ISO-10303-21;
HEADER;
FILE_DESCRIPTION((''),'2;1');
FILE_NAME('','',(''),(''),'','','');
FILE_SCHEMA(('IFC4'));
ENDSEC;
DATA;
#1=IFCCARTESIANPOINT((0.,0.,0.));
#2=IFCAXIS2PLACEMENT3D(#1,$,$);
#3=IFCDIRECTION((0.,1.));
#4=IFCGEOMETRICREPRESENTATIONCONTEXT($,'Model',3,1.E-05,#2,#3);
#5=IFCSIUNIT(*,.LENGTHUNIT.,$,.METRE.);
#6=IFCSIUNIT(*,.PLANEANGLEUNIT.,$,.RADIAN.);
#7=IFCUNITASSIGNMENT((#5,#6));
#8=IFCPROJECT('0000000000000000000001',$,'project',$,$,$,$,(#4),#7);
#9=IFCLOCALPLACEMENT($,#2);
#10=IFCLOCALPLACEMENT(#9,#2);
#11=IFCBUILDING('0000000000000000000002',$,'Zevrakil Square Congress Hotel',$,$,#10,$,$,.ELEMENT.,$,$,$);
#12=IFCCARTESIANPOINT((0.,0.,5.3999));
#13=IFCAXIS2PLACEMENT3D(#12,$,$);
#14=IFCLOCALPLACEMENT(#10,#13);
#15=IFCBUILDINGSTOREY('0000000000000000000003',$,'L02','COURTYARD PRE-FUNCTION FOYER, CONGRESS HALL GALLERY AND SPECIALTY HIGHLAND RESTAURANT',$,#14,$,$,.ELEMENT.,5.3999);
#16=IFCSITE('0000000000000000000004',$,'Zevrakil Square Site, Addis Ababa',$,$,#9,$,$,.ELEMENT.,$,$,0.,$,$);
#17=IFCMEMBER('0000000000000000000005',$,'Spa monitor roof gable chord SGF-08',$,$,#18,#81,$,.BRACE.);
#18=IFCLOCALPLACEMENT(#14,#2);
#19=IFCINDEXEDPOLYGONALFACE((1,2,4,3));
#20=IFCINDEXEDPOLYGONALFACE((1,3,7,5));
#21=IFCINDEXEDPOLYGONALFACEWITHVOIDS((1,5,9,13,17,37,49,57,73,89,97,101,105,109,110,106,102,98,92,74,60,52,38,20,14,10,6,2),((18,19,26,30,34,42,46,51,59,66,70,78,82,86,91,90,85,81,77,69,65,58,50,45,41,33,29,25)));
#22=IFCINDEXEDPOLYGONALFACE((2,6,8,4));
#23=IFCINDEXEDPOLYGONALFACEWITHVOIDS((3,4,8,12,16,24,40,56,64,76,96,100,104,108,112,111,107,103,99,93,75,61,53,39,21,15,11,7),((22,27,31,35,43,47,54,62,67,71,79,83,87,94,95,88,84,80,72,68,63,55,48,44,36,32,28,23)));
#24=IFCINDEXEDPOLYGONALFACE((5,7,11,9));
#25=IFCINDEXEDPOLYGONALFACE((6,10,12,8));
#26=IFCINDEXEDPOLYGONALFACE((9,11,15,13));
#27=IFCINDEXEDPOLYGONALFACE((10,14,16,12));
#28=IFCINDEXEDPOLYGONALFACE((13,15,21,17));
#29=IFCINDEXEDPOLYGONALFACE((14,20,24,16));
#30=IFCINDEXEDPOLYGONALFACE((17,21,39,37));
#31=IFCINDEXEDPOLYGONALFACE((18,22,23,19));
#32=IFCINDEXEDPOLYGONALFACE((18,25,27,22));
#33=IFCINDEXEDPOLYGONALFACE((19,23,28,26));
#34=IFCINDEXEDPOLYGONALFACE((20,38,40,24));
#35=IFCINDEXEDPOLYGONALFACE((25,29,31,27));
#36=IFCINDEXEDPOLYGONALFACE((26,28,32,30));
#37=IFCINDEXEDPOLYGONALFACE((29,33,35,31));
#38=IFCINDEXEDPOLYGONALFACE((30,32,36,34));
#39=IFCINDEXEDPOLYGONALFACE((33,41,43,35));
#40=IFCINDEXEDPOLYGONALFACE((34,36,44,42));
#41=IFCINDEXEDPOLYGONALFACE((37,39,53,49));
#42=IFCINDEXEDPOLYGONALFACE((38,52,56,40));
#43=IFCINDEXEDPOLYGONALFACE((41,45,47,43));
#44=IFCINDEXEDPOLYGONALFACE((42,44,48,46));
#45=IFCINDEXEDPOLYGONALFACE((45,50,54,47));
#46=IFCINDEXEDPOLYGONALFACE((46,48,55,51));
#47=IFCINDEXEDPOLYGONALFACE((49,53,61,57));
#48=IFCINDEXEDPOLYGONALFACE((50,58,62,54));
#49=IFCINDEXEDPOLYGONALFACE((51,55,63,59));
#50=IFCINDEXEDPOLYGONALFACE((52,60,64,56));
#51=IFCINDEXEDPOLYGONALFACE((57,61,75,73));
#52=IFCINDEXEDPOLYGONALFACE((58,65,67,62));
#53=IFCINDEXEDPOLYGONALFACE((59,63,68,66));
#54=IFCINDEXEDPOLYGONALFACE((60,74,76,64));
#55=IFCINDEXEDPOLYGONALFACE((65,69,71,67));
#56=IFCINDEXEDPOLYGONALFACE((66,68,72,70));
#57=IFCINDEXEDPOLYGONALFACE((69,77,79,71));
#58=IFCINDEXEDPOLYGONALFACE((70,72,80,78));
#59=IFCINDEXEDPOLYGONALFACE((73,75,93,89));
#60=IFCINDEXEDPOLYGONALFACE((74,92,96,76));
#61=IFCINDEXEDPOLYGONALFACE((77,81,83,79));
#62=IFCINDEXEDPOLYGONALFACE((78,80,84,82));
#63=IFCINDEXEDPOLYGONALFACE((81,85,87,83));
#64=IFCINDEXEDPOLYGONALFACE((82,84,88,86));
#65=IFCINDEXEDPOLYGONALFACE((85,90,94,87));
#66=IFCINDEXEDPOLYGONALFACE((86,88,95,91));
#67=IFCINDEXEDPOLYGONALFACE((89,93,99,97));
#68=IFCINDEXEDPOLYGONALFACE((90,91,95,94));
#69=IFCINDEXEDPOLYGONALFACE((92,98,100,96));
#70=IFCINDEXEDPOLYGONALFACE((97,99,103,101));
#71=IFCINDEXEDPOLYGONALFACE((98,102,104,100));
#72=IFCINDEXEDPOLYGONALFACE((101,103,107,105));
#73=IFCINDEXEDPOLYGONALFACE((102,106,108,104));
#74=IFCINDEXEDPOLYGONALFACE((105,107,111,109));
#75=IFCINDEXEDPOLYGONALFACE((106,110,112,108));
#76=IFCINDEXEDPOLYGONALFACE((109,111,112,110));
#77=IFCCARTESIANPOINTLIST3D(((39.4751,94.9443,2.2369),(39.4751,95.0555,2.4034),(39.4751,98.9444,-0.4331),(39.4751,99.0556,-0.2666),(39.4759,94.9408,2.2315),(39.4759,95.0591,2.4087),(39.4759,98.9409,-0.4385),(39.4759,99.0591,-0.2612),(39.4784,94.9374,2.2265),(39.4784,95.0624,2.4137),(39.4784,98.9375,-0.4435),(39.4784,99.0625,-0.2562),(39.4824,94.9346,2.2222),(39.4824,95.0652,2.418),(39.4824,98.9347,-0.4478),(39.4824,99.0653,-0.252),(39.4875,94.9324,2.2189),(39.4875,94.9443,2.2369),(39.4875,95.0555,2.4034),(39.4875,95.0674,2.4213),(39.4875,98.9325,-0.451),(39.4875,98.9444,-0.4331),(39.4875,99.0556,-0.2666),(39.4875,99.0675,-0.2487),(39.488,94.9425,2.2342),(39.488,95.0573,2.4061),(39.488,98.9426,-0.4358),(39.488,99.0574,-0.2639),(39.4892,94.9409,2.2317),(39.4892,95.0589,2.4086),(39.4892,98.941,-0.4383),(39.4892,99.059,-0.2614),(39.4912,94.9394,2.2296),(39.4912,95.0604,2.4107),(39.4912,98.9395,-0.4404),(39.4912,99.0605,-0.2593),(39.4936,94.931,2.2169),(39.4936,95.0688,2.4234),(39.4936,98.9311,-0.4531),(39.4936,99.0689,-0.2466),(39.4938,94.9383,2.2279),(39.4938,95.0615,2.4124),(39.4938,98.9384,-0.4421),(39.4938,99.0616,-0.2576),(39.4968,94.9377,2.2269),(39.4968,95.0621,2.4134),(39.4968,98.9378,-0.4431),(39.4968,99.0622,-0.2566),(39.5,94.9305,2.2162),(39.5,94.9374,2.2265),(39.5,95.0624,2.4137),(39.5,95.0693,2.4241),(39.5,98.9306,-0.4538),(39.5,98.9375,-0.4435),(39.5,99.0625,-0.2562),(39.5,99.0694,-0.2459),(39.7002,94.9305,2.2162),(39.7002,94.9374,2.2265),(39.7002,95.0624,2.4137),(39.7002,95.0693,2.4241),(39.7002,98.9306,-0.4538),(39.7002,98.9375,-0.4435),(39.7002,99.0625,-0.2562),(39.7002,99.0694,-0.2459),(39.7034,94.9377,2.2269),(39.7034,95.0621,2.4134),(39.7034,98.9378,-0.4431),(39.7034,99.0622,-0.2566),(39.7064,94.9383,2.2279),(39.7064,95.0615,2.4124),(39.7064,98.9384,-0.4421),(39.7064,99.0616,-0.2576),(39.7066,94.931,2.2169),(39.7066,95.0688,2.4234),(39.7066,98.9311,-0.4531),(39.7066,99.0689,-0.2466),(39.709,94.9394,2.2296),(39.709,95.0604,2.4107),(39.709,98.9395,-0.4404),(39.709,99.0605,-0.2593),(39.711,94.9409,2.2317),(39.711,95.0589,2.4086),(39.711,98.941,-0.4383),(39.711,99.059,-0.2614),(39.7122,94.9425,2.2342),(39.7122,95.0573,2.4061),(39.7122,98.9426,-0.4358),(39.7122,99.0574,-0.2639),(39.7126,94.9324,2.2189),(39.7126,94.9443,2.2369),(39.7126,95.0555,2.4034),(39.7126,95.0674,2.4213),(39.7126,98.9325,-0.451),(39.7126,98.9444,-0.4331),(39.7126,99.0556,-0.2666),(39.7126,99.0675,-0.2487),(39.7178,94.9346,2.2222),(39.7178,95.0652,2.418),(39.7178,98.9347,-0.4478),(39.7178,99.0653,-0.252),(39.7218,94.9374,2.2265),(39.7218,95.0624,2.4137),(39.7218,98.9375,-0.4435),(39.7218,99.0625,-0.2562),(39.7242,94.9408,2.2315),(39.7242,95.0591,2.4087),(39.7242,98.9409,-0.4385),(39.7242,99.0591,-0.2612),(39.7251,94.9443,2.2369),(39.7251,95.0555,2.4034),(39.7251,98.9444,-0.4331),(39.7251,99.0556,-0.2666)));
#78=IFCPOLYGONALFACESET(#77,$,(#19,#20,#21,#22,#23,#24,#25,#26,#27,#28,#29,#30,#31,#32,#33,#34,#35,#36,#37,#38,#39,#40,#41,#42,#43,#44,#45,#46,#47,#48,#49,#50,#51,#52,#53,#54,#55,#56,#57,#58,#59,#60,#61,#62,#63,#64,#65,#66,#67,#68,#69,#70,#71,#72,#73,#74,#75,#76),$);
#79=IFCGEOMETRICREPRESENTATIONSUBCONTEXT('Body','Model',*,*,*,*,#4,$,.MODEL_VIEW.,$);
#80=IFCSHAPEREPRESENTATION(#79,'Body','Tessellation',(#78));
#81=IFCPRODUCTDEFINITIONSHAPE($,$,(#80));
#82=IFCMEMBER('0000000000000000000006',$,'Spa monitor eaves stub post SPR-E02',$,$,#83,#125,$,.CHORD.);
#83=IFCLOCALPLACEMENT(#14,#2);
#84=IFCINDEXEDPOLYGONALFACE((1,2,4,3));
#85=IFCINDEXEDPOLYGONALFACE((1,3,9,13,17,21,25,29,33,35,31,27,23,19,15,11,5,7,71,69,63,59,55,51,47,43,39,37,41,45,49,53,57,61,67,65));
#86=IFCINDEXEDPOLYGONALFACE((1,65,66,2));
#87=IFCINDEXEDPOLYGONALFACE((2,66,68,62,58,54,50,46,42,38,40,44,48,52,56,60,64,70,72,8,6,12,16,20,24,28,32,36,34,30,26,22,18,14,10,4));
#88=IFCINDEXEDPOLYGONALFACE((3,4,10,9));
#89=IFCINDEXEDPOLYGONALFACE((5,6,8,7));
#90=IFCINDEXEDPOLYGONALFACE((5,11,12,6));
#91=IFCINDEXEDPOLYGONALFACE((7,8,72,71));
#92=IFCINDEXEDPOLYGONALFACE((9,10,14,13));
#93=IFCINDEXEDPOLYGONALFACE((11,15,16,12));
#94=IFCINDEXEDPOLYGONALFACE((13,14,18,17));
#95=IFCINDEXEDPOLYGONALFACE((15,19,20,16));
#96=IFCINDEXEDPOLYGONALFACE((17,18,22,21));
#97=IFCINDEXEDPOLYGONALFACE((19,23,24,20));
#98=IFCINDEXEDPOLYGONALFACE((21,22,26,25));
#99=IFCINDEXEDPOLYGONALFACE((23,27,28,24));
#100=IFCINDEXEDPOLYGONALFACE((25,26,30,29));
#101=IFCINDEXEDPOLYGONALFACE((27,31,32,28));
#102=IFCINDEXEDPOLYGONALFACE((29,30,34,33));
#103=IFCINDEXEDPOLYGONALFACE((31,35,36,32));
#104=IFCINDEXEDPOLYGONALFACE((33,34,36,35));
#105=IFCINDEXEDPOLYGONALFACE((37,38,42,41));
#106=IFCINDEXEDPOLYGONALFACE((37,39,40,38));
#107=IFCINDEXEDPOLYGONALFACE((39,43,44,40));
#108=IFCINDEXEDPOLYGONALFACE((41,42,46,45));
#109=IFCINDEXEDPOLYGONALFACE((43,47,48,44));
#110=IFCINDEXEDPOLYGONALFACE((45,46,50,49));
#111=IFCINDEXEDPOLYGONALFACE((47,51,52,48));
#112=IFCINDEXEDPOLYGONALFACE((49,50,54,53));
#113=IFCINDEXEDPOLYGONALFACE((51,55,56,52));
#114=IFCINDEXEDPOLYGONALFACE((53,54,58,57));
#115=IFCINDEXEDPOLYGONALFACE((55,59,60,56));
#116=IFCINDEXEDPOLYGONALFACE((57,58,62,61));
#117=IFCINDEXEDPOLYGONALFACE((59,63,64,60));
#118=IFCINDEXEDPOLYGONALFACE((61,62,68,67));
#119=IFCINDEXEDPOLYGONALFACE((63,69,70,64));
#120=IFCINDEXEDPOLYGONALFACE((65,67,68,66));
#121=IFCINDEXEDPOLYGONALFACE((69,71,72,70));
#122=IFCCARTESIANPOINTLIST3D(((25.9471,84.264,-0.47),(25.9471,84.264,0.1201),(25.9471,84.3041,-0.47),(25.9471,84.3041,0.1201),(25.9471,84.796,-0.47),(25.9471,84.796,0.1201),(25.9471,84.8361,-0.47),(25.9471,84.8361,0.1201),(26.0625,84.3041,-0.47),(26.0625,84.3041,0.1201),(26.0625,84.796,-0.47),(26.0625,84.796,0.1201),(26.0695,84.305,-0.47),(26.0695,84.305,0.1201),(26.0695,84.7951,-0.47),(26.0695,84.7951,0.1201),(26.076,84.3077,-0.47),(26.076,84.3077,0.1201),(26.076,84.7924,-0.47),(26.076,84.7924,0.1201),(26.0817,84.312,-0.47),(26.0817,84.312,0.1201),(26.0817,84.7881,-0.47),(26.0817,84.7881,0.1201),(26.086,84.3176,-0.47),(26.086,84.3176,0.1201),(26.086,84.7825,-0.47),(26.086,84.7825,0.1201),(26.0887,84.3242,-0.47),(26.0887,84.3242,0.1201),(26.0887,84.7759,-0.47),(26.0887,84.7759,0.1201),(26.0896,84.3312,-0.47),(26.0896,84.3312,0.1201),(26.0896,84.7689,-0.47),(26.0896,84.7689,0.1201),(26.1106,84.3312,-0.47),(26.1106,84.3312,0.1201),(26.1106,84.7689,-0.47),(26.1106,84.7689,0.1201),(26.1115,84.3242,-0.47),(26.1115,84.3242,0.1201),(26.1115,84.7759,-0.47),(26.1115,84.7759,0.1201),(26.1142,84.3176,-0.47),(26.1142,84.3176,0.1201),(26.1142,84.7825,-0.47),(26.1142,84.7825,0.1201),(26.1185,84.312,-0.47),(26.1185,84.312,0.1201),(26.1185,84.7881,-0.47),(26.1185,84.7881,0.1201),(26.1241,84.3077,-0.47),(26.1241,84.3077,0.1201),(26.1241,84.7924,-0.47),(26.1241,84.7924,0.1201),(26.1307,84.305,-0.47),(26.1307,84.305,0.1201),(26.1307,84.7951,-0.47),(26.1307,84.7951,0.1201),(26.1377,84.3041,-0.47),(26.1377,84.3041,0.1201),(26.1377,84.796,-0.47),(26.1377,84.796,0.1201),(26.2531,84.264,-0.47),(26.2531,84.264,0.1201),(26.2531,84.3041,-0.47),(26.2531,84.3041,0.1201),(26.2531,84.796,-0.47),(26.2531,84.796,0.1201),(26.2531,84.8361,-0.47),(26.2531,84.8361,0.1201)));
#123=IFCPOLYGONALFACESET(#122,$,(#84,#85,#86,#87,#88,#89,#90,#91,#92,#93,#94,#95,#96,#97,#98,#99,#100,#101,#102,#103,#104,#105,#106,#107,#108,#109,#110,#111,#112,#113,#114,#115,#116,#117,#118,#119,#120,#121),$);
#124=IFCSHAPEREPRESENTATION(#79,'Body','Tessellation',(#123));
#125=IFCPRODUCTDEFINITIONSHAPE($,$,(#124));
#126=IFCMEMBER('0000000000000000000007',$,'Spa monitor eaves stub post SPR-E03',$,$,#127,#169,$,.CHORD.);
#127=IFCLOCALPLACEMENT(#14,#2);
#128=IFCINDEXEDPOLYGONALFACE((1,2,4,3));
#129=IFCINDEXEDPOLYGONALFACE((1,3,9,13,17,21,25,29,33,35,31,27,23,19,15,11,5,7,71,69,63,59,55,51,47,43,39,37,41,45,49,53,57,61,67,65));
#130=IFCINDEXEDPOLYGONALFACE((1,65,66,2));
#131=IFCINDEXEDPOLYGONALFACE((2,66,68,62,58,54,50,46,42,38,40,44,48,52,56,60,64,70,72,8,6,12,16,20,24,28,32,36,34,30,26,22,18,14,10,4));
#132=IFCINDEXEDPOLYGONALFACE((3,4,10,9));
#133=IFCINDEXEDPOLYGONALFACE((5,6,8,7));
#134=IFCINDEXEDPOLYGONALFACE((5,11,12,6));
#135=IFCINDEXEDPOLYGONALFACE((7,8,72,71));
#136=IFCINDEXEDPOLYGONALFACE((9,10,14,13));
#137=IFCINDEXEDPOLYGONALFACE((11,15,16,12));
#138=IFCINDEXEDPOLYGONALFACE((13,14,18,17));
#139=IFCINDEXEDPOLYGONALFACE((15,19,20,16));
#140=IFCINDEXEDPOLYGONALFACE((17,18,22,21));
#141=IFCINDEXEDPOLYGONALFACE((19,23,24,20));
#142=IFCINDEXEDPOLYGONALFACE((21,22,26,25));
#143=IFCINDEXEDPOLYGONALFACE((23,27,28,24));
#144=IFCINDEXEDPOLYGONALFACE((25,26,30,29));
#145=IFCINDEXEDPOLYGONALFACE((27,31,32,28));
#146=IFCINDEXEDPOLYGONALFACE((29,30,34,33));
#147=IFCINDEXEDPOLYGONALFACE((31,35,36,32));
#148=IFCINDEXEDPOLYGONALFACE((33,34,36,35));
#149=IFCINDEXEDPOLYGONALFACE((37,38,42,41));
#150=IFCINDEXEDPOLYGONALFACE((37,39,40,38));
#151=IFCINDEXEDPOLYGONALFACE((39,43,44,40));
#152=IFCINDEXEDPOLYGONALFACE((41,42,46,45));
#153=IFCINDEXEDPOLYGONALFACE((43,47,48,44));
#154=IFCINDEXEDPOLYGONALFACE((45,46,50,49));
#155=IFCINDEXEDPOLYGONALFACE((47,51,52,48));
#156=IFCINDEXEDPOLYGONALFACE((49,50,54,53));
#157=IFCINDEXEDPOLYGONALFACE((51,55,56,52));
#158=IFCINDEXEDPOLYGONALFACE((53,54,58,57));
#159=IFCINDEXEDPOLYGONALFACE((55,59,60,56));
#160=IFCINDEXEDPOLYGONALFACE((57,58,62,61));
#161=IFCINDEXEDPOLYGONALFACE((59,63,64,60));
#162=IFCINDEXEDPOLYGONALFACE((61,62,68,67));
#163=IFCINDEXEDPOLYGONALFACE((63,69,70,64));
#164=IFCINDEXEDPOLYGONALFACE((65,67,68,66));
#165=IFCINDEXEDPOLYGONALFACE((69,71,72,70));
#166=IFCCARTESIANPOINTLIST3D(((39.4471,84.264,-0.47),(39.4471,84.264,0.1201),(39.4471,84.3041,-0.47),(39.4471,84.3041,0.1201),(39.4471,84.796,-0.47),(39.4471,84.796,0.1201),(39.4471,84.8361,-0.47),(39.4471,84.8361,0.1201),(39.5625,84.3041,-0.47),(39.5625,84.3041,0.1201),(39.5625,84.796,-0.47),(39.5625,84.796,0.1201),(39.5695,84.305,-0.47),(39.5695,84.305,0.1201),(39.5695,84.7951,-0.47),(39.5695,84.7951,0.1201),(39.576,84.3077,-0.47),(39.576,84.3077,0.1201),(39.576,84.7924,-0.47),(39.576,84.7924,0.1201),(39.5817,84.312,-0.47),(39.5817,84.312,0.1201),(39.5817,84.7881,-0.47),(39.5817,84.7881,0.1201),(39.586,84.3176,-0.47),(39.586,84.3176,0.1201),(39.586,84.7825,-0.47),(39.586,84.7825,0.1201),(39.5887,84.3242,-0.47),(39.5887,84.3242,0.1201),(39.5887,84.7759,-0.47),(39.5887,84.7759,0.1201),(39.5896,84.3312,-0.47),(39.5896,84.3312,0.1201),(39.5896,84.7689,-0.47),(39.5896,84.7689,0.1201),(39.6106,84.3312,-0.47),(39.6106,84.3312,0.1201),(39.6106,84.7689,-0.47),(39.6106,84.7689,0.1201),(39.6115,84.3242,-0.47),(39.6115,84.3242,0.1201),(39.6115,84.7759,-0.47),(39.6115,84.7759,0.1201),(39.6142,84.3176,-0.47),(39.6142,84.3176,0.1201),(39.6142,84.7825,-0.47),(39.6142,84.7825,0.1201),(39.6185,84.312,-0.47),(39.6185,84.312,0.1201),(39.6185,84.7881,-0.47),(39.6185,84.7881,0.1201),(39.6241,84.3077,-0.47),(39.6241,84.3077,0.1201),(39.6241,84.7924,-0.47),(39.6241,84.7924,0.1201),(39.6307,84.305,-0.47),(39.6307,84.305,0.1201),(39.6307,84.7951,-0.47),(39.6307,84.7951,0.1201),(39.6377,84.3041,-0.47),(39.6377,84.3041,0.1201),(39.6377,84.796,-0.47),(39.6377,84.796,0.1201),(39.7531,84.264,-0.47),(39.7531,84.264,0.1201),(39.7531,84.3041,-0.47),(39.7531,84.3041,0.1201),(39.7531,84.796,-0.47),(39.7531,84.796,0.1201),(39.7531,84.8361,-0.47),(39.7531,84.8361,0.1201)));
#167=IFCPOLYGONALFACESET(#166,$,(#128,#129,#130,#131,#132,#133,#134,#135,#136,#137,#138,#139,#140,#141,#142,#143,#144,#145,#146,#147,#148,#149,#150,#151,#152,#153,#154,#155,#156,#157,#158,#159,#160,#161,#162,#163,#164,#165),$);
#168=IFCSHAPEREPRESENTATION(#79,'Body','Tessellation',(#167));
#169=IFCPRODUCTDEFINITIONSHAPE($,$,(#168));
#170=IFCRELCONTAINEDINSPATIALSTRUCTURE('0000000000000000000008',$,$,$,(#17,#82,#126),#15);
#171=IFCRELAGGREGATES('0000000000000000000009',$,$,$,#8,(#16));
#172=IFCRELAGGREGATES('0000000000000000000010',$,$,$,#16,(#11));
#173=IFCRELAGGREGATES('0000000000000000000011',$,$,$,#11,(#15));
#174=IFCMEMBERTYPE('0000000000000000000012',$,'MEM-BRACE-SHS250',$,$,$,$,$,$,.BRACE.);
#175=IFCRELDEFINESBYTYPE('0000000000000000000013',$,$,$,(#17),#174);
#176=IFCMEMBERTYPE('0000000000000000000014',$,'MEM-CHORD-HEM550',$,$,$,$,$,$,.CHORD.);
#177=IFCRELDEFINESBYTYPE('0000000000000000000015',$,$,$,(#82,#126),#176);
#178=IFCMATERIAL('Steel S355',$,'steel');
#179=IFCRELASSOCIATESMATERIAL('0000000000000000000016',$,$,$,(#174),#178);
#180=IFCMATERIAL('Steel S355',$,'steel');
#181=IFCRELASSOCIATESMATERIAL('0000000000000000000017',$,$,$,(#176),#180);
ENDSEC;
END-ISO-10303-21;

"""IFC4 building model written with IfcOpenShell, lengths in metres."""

from ifc_helpers import new_model, si_unit, direction, frame, origin, origin_2d, place, context, subcontext, project, spatial, hollow_rectangle, i_section, extrude, material, material_profile, profile_set, type_object, element, save


model = new_model("IFC4")

# Units and contexts
model_context = context("Model", 3, precision=1e-05, world=origin(), true_north=direction((0.0, 1.0)))
body_context = subcontext(model_context, "Body", "Model", "MODEL_VIEW")
ifc_project = project(units=[si_unit("LENGTHUNIT", "METRE"), si_unit("PLANEANGLEUNIT", "RADIAN")], contexts=[model_context])

# Site, building, storey
site_placement = place(None, origin())
site = spatial("IfcSite", under=ifc_project, at=site_placement, Name="Zevrakil Square Site, Addis Ababa", CompositionType="ELEMENT", RefElevation=0.0)
building_placement = place(site_placement, origin())
building = spatial("IfcBuilding", under=site, at=building_placement, Name="Zevrakil Square Congress Hotel", CompositionType="ELEMENT")
storey_placement = place(building_placement, frame((0.0, 0.0, 5.3999)))
storey = spatial("IfcBuildingStorey", under=building, at=storey_placement, Name="L02", Description="COURTYARD PRE-FUNCTION FOYER, CONGRESS HALL GALLERY AND SPECIALTY HIGHLAND RESTAURANT", CompositionType="ELEMENT", Elevation=5.3999)

# Members
ifc_material_1 = material(Name="Steel S355", Category="steel")
ifc_material_profile_1 = material_profile(ifc_material_1, hollow_rectangle(XDim=0.25, YDim=0.25, WallThickness=0.0125, InnerFilletRadius=0.0125, OuterFilletRadius=0.0249, at=origin_2d()), Name="SHS 250x250x12.5")
ifc_profile_set_1 = profile_set([ifc_material_profile_1], Name="Steel S355")
member_type_1 = type_object("IfcMemberType", Name="MEM-BRACE-SHS250", PredefinedType="BRACE", material=ifc_profile_set_1)
member_1_placement = place(storey_placement, frame((39.6001, 99.0, -0.3499), z_axis=(0.0, -0.831738, 0.555169), x_axis=(1.0, 0.0, 0.0)))
element("IfcMember", 1, at=member_1_placement, inside=storey, type_object=member_type_1, Name="Spa monitor roof gable chord SGF-08", PredefinedType="BRACE", context=body_context, shape_type="SweptSolid", body=[
    extrude(hollow_rectangle(XDim=0.25, YDim=0.25, WallThickness=0.0125, InnerFilletRadius=0.0125, OuterFilletRadius=0.0249, at=origin_2d()), origin(), (0.0, 0.0, 1.0), 4.8093),
])
ifc_material_2 = material(Name="Steel S355", Category="steel")
ifc_material_profile_2 = material_profile(ifc_material_2, i_section(OverallWidth=0.3059, OverallDepth=0.572, WebThickness=0.021, FlangeThickness=0.04, FilletRadius=0.0271, at=origin_2d()), Name="HEM 550")
ifc_profile_set_2 = profile_set([ifc_material_profile_2], Name="Steel S355")
member_type_2 = type_object("IfcMemberType", Name="MEM-CHORD-HEM550", PredefinedType="CHORD", material=ifc_profile_set_2)
for number, where, z_axis, x_axis, name in (
    (2, (26.1001, 84.55, -0.47), (0.0, 0.0, 1.0), (1.0, 0.0, 0.0), "Spa monitor eaves stub post SPR-E02"),
    (3, (39.6001, 84.55, -0.47), (0.0, 0.0, 1.0), (1.0, 0.0, 0.0), "Spa monitor eaves stub post SPR-E03"),
):
    element("IfcMember", number, at=place(storey_placement, frame(where, z_axis=z_axis, x_axis=x_axis)), inside=storey, type_object=member_type_2, Name=name, PredefinedType="CHORD", context=body_context, shape_type="SweptSolid", body=[
        extrude(i_section(OverallWidth=0.3059, OverallDepth=0.572, WebThickness=0.021, FlangeThickness=0.04, FilletRadius=0.0271, at=origin_2d()), origin(), (0.0, 0.0, 1.0), 0.5901),
    ])

save(model, "model.ifc")
